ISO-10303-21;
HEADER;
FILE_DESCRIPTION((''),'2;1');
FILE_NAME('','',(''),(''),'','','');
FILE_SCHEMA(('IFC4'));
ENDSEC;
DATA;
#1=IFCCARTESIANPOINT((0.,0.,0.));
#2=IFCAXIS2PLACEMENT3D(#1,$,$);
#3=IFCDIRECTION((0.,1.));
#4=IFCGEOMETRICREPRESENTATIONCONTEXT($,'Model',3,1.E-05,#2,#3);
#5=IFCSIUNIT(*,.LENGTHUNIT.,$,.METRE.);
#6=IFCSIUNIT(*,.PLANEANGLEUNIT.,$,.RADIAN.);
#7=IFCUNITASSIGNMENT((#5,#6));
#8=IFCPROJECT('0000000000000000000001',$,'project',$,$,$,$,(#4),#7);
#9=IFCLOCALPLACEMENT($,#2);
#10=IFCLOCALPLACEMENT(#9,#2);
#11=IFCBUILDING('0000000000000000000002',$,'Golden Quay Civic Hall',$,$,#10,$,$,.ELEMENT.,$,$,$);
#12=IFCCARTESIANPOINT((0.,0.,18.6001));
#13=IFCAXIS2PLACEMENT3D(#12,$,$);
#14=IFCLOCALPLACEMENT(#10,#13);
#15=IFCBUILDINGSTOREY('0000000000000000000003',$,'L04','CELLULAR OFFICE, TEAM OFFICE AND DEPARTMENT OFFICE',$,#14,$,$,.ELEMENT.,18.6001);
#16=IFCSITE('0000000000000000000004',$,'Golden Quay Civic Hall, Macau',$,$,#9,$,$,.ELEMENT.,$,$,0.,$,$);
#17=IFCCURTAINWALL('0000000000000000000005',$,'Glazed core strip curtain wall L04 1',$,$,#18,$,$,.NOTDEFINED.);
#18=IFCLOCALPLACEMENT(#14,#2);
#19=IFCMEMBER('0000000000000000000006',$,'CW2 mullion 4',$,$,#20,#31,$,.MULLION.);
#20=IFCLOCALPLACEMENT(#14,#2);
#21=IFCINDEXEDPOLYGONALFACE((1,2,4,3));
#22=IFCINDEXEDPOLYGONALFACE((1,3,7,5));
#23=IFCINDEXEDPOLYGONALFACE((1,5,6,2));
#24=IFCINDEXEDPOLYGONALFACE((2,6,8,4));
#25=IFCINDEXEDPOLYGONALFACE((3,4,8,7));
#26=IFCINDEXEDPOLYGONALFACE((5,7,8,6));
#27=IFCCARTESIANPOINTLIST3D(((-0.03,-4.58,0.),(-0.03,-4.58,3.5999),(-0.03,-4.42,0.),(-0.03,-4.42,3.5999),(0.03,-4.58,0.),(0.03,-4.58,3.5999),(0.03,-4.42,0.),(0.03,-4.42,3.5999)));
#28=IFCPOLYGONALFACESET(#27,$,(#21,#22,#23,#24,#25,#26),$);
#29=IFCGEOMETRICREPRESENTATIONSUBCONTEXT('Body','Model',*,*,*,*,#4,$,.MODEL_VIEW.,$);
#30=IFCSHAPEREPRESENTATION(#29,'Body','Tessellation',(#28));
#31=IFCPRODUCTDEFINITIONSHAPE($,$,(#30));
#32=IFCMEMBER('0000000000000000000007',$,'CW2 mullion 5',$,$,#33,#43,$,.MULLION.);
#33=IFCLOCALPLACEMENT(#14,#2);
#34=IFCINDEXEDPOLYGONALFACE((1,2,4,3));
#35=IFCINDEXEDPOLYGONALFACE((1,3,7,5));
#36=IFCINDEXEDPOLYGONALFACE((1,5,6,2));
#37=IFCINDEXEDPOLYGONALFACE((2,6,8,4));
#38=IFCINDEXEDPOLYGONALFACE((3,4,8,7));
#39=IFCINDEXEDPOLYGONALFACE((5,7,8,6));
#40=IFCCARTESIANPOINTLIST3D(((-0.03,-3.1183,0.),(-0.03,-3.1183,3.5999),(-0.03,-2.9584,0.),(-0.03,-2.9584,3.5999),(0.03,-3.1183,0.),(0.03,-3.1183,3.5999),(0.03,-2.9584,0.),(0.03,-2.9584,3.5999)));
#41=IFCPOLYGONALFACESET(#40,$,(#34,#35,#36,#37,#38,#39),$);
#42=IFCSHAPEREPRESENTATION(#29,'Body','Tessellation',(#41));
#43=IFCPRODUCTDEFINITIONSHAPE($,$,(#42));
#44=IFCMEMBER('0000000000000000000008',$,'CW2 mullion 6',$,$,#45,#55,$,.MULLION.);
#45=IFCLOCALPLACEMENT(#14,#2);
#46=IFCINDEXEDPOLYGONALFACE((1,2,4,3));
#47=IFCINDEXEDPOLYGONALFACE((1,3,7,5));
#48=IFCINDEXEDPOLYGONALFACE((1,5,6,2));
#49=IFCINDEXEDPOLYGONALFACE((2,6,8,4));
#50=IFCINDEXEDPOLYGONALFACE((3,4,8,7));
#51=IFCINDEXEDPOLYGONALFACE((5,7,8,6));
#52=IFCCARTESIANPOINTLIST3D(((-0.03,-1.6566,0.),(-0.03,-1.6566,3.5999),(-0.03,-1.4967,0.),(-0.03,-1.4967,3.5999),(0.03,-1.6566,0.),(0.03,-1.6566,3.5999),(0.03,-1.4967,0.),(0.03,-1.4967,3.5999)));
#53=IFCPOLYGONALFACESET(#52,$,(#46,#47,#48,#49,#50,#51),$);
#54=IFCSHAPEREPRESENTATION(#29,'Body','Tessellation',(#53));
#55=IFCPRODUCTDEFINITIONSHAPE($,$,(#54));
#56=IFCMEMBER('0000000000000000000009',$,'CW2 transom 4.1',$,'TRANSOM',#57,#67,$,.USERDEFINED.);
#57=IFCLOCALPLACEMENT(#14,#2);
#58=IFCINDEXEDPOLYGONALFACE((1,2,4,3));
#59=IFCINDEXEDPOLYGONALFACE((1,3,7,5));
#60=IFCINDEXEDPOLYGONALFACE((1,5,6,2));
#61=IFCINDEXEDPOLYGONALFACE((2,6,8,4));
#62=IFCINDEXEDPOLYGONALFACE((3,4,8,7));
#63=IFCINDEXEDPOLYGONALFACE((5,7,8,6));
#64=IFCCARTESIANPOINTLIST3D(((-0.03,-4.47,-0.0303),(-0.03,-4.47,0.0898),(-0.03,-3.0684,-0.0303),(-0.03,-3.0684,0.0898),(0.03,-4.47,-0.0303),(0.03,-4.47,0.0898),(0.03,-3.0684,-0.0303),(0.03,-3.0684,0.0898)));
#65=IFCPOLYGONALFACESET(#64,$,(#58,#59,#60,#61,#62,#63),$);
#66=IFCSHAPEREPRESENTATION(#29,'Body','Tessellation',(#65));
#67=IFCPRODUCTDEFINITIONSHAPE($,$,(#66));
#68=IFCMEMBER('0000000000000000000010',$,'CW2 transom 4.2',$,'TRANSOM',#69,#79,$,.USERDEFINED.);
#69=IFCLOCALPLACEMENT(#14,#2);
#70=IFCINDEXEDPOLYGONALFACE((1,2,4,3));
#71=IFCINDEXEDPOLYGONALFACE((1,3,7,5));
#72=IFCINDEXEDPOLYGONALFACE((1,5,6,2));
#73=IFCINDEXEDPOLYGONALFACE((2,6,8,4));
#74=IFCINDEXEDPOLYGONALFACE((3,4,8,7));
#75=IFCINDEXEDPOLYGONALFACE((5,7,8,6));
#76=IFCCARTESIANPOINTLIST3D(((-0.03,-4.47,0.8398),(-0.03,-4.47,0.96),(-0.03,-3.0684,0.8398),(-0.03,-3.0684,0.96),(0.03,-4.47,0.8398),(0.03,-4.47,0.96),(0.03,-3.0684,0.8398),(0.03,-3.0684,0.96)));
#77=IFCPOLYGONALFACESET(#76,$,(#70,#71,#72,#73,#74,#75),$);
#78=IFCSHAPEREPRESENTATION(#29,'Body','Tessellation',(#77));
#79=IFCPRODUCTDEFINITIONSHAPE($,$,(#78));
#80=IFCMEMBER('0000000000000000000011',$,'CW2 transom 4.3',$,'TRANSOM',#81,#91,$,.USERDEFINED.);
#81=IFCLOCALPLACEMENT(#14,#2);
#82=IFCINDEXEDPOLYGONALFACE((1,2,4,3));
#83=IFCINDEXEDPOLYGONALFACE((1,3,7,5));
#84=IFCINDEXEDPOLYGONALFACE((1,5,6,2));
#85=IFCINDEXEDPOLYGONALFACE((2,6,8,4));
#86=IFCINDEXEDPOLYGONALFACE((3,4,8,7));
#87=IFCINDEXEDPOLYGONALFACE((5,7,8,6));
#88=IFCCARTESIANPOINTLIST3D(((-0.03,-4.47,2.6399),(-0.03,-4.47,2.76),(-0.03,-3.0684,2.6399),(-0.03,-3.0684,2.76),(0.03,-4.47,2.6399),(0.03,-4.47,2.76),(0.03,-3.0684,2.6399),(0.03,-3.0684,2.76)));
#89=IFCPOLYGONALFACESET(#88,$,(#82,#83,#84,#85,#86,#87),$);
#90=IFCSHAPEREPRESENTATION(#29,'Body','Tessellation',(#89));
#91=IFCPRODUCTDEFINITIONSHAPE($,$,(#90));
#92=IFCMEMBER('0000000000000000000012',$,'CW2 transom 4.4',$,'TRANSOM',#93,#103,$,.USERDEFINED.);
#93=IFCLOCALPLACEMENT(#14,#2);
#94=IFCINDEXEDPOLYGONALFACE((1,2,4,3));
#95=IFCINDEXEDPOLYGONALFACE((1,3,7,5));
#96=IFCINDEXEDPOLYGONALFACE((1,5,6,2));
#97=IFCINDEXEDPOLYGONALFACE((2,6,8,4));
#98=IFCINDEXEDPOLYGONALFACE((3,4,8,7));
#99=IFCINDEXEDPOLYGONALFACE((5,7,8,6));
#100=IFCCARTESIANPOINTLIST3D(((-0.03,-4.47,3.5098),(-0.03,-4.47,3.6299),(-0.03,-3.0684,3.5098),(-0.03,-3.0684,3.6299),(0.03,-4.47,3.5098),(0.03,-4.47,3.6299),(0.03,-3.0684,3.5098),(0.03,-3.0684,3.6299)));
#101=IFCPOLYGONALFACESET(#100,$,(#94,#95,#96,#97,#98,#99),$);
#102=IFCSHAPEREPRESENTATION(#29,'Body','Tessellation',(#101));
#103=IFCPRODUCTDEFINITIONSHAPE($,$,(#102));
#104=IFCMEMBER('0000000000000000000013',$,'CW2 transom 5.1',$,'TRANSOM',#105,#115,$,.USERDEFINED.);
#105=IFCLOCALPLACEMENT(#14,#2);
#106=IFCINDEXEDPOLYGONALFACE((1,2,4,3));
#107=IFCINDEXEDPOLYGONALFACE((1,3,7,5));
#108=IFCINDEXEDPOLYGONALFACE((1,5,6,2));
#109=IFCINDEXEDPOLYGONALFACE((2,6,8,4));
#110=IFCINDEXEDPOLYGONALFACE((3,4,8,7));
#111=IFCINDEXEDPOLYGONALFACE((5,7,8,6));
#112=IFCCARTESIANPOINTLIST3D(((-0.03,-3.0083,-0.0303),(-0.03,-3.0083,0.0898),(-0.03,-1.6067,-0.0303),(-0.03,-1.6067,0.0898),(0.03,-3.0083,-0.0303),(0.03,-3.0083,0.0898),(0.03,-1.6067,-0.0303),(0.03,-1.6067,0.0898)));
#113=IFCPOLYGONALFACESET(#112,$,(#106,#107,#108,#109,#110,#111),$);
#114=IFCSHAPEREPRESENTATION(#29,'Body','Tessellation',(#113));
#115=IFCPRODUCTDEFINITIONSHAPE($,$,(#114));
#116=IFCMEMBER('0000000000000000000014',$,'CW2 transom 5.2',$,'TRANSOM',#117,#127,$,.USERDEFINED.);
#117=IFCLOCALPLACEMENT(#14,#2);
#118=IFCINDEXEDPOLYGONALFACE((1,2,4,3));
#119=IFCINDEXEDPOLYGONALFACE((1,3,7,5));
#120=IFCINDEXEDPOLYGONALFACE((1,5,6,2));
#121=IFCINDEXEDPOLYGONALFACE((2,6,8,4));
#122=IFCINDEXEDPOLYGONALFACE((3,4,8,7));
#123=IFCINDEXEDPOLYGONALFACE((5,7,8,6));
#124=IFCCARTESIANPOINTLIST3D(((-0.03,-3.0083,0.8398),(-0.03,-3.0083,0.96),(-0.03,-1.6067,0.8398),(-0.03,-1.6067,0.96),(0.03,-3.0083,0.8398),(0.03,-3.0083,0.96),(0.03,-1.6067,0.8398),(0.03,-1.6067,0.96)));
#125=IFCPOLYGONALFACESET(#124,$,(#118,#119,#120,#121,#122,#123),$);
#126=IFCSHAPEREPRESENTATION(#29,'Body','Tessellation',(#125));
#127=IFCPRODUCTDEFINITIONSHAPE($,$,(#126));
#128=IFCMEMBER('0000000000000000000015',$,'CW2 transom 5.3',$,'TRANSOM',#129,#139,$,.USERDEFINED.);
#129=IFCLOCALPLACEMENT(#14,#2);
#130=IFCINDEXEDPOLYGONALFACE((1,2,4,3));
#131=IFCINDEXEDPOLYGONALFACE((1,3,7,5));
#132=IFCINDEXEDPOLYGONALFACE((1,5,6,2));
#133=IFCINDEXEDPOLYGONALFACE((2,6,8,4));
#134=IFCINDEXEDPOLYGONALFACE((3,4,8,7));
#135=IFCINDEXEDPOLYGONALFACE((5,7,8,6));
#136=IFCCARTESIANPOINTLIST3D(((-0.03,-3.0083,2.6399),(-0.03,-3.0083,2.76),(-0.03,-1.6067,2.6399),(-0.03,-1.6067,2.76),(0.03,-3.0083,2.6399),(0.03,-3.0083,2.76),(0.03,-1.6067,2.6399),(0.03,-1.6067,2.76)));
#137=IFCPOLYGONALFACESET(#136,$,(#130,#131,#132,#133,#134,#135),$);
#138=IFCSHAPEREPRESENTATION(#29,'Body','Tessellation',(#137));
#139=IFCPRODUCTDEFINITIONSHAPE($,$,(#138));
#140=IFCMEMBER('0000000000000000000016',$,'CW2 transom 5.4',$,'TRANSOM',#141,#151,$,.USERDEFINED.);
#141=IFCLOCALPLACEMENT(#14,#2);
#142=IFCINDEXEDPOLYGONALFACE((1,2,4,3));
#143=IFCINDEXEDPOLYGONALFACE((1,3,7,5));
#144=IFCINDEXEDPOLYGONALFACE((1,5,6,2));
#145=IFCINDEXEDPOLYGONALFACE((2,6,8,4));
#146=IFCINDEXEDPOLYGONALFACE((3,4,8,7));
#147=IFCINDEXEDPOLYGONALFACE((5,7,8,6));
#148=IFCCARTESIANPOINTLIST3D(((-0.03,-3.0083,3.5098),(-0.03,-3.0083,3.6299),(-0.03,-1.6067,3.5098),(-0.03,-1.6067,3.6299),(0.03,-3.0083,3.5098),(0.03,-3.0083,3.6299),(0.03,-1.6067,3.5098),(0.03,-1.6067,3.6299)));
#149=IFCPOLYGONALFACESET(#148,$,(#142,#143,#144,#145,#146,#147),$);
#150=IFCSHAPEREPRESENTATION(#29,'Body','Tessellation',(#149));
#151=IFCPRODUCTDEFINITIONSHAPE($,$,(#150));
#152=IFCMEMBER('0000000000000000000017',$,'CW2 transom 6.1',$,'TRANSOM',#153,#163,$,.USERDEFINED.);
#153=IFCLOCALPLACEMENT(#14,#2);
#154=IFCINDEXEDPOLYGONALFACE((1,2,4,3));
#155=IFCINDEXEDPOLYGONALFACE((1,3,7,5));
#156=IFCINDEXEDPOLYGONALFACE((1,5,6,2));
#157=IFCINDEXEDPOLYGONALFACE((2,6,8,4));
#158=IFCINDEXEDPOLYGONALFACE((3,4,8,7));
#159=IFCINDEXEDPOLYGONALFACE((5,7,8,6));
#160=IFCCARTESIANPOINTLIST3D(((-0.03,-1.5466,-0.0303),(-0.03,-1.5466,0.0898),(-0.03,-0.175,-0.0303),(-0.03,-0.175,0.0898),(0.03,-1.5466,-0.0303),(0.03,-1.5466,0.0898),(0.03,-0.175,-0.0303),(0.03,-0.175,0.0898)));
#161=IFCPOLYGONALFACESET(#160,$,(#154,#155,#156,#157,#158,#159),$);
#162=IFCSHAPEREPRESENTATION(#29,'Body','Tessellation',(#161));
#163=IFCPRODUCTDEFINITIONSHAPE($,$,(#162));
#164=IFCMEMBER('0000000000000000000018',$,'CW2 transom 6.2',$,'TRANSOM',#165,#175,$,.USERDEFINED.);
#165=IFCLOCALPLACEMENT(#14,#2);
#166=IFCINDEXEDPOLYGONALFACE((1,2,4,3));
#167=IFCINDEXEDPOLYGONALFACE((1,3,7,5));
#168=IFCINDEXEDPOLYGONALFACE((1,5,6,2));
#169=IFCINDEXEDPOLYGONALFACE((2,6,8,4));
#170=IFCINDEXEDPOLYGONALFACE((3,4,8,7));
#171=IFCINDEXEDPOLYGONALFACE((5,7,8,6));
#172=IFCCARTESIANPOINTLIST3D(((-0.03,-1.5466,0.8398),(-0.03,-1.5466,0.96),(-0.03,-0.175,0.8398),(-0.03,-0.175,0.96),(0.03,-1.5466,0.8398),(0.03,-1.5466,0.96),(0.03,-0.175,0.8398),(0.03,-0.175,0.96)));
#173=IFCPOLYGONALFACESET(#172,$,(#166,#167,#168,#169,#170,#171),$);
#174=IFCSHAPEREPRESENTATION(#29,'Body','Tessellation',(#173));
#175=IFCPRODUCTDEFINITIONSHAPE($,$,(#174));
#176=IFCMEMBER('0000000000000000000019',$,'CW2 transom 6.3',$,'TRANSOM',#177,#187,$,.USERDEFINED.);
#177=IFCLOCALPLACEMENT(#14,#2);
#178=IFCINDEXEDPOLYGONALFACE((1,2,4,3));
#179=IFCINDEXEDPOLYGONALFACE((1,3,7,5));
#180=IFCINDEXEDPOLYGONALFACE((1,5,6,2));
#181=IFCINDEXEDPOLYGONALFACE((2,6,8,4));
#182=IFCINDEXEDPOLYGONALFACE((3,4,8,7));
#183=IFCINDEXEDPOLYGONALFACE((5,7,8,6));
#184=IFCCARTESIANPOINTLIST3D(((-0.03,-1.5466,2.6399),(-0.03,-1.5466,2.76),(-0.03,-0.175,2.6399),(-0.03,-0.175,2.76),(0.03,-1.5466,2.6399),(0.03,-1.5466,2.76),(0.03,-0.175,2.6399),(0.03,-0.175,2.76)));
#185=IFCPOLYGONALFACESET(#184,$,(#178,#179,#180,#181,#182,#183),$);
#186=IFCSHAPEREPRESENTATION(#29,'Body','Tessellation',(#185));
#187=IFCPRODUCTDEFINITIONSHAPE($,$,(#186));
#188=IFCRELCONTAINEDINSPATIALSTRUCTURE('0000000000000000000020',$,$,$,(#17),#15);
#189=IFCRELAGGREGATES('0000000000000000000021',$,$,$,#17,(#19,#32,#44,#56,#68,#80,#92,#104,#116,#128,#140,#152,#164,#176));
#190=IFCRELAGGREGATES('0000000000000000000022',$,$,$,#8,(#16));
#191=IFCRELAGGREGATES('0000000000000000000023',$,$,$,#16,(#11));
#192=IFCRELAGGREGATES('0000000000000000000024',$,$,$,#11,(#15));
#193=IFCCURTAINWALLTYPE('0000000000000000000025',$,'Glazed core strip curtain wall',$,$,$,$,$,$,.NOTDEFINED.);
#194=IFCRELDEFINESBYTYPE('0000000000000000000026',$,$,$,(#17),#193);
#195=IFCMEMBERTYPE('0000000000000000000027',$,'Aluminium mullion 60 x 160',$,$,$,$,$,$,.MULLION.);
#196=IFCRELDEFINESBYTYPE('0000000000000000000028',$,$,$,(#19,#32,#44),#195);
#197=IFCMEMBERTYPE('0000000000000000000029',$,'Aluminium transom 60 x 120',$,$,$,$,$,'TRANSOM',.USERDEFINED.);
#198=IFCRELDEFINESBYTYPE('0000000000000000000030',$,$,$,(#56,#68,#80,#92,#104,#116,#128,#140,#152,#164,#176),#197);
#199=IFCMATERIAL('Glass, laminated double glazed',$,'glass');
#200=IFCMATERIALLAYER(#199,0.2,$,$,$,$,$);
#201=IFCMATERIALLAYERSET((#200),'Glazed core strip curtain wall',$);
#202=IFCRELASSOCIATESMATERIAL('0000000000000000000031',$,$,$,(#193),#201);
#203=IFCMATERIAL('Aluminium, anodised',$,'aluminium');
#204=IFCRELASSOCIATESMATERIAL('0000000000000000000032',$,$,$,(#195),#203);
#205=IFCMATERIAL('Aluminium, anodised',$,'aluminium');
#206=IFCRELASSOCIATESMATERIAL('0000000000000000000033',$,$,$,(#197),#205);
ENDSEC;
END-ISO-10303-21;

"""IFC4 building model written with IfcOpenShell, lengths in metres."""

from ifc_helpers import new_model, si_unit, direction, frame, origin, origin_2d, place, context, subcontext, project, spatial, rectangle, extrude, material, layer, layer_set, material_profile, profile_set, type_object, element, aggregate, save


model = new_model("IFC4")

# Units and contexts
model_context = context("Model", 3, precision=1e-05, world=origin(), true_north=direction((0.0, 1.0)))
body_context = subcontext(model_context, "Body", "Model", "MODEL_VIEW")
ifc_project = project(units=[si_unit("LENGTHUNIT", "METRE"), si_unit("PLANEANGLEUNIT", "RADIAN")], contexts=[model_context])

# Site, building, storey
site_placement = place(None, origin())
site = spatial("IfcSite", under=ifc_project, at=site_placement, Name="Golden Quay Civic Hall, Macau", CompositionType="ELEMENT", RefElevation=0.0)
building_placement = place(site_placement, origin())
building = spatial("IfcBuilding", under=site, at=building_placement, Name="Golden Quay Civic Hall", CompositionType="ELEMENT")
storey_placement = place(building_placement, frame((0.0, 0.0, 18.6001)))
storey = spatial("IfcBuildingStorey", under=building, at=storey_placement, Name="L04", Description="CELLULAR OFFICE, TEAM OFFICE AND DEPARTMENT OFFICE", CompositionType="ELEMENT", Elevation=18.6001)

# Curtain wall, members
ifc_material_1 = material(Name="Glass, laminated double glazed", Category="glass")
ifc_layer_1 = layer(ifc_material_1, 0.2)
ifc_layer_set_1 = layer_set([ifc_layer_1], Name="Glazed core strip curtain wall")
curtain_wall_type = type_object("IfcCurtainWallType", Name="Glazed core strip curtain wall", PredefinedType="NOTDEFINED", material=ifc_layer_set_1)
curtain_wall_placement = place(storey_placement, origin())
curtain_wall = element("IfcCurtainWall", 1, at=curtain_wall_placement, inside=storey, type_object=curtain_wall_type, Name="Glazed core strip curtain wall L04 1", PredefinedType="NOTDEFINED")
ifc_material_2 = material(Name="Aluminium, anodised", Category="aluminium")
ifc_material_profile_1 = material_profile(ifc_material_2, rectangle(XDim=0.0601, YDim=0.1599, at=origin_2d()), Name="Aluminium 60 x 160")
ifc_profile_set_1 = profile_set([ifc_material_profile_1], Name="Aluminium, anodised")
member_type_1 = type_object("IfcMemberType", Name="Aluminium mullion 60 x 160", PredefinedType="MULLION", material=ifc_profile_set_1)
member_1_placement = place(storey_placement, frame((0.0, -4.5, 0.0), z_axis=(0.0, 0.0, 1.0), x_axis=(-1.0, 0.0, 0.0)))
member_1 = element("IfcMember", 2, at=member_1_placement, type_object=member_type_1, Name="CW2 mullion 4", PredefinedType="MULLION", context=body_context, shape_type="SweptSolid", body=[
    extrude(rectangle(XDim=0.0601, YDim=0.1599, at=origin_2d()), origin(), (0.0, 0.0, 1.0), 3.5999),
])
member_2_placement = place(storey_placement, frame((0.0, -3.0383, 0.0), z_axis=(0.0, 0.0, 1.0), x_axis=(-1.0, 0.0, 0.0)))
member_2 = element("IfcMember", 3, at=member_2_placement, type_object=member_type_1, Name="CW2 mullion 5", PredefinedType="MULLION", context=body_context, shape_type="SweptSolid", body=[
    extrude(rectangle(XDim=0.0601, YDim=0.1599, at=origin_2d()), origin(), (0.0, 0.0, 1.0), 3.5999),
])
member_3_placement = place(storey_placement, frame((0.0, -1.5767, 0.0), z_axis=(0.0, 0.0, 1.0), x_axis=(-1.0, 0.0, 0.0)))
member_3 = element("IfcMember", 4, at=member_3_placement, type_object=member_type_1, Name="CW2 mullion 6", PredefinedType="MULLION", context=body_context, shape_type="SweptSolid", body=[
    extrude(rectangle(XDim=0.0601, YDim=0.1599, at=origin_2d()), origin(), (0.0, 0.0, 1.0), 3.5999),
])
ifc_material_3 = material(Name="Aluminium, anodised", Category="aluminium")
ifc_material_profile_2 = material_profile(ifc_material_3, rectangle(XDim=0.0601, YDim=0.1201, at=origin_2d()), Name="Aluminium 60 x 120")
ifc_profile_set_2 = profile_set([ifc_material_profile_2], Name="Aluminium, anodised")
member_type_2 = type_object("IfcMemberType", Name="Aluminium transom 60 x 120", ElementType="TRANSOM", PredefinedType="USERDEFINED", material=ifc_profile_set_2)
member_4_placement = place(storey_placement, frame((0.0, -4.47, 0.0298), z_axis=(0.0, 1.0, 0.0), x_axis=(-1.0, 0.0, 0.0)))
member_4 = element("IfcMember", 5, at=member_4_placement, type_object=member_type_2, Name="CW2 transom 4.1", ObjectType="TRANSOM", PredefinedType="USERDEFINED", context=body_context, shape_type="SweptSolid", body=[
    extrude(rectangle(XDim=0.0601, YDim=0.1201, at=origin_2d()), origin(), (0.0, 0.0, 1.0), 1.4016),
])
member_5_placement = place(storey_placement, frame((0.0, -4.47, 0.8999), z_axis=(0.0, 1.0, 0.0), x_axis=(-1.0, 0.0, 0.0)))
member_5 = element("IfcMember", 6, at=member_5_placement, type_object=member_type_2, Name="CW2 transom 4.2", ObjectType="TRANSOM", PredefinedType="USERDEFINED", context=body_context, shape_type="SweptSolid", body=[
    extrude(rectangle(XDim=0.0601, YDim=0.1201, at=origin_2d()), origin(), (0.0, 0.0, 1.0), 1.4016),
])
member_6_placement = place(storey_placement, frame((0.0, -4.47, 2.7), z_axis=(0.0, 1.0, 0.0), x_axis=(-1.0, 0.0, 0.0)))
member_6 = element("IfcMember", 7, at=member_6_placement, type_object=member_type_2, Name="CW2 transom 4.3", ObjectType="TRANSOM", PredefinedType="USERDEFINED", context=body_context, shape_type="SweptSolid", body=[
    extrude(rectangle(XDim=0.0601, YDim=0.1201, at=origin_2d()), origin(), (0.0, 0.0, 1.0), 1.4016),
])
member_7_placement = place(storey_placement, frame((0.0, -4.47, 3.5698), z_axis=(0.0, 1.0, 0.0), x_axis=(-1.0, 0.0, 0.0)))
member_7 = element("IfcMember", 8, at=member_7_placement, type_object=member_type_2, Name="CW2 transom 4.4", ObjectType="TRANSOM", PredefinedType="USERDEFINED", context=body_context, shape_type="SweptSolid", body=[
    extrude(rectangle(XDim=0.0601, YDim=0.1201, at=origin_2d()), origin(), (0.0, 0.0, 1.0), 1.4016),
])
member_8_placement = place(storey_placement, frame((0.0, -3.0083, 0.0298), z_axis=(0.0, 1.0, 0.0), x_axis=(-1.0, 0.0, 0.0)))
member_8 = element("IfcMember", 9, at=member_8_placement, type_object=member_type_2, Name="CW2 transom 5.1", ObjectType="TRANSOM", PredefinedType="USERDEFINED", context=body_context, shape_type="SweptSolid", body=[
    extrude(rectangle(XDim=0.0601, YDim=0.1201, at=origin_2d()), origin(), (0.0, 0.0, 1.0), 1.4016),
])
member_9_placement = place(storey_placement, frame((0.0, -3.0083, 0.8999), z_axis=(0.0, 1.0, 0.0), x_axis=(-1.0, 0.0, 0.0)))
member_9 = element("IfcMember", 10, at=member_9_placement, type_object=member_type_2, Name="CW2 transom 5.2", ObjectType="TRANSOM", PredefinedType="USERDEFINED", context=body_context, shape_type="SweptSolid", body=[
    extrude(rectangle(XDim=0.0601, YDim=0.1201, at=origin_2d()), origin(), (0.0, 0.0, 1.0), 1.4016),
])
member_10_placement = place(storey_placement, frame((0.0, -3.0083, 2.7), z_axis=(0.0, 1.0, 0.0), x_axis=(-1.0, 0.0, 0.0)))
member_10 = element("IfcMember", 11, at=member_10_placement, type_object=member_type_2, Name="CW2 transom 5.3", ObjectType="TRANSOM", PredefinedType="USERDEFINED", context=body_context, shape_type="SweptSolid", body=[
    extrude(rectangle(XDim=0.0601, YDim=0.1201, at=origin_2d()), origin(), (0.0, 0.0, 1.0), 1.4016),
])
member_11_placement = place(storey_placement, frame((0.0, -3.0083, 3.5698), z_axis=(0.0, 1.0, 0.0), x_axis=(-1.0, 0.0, 0.0)))
member_11 = element("IfcMember", 12, at=member_11_placement, type_object=member_type_2, Name="CW2 transom 5.4", ObjectType="TRANSOM", PredefinedType="USERDEFINED", context=body_context, shape_type="SweptSolid", body=[
    extrude(rectangle(XDim=0.0601, YDim=0.1201, at=origin_2d()), origin(), (0.0, 0.0, 1.0), 1.4016),
])
member_12_placement = place(storey_placement, frame((0.0, -1.5466, 0.0298), z_axis=(0.0, 1.0, 0.0), x_axis=(-1.0, 0.0, 0.0)))
member_12 = element("IfcMember", 13, at=member_12_placement, type_object=member_type_2, Name="CW2 transom 6.1", ObjectType="TRANSOM", PredefinedType="USERDEFINED", context=body_context, shape_type="SweptSolid", body=[
    extrude(rectangle(XDim=0.0601, YDim=0.1201, at=origin_2d()), origin(), (0.0, 0.0, 1.0), 1.3716),
])
member_13_placement = place(storey_placement, frame((0.0, -1.5466, 0.8999), z_axis=(0.0, 1.0, 0.0), x_axis=(-1.0, 0.0, 0.0)))
member_13 = element("IfcMember", 14, at=member_13_placement, type_object=member_type_2, Name="CW2 transom 6.2", ObjectType="TRANSOM", PredefinedType="USERDEFINED", context=body_context, shape_type="SweptSolid", body=[
    extrude(rectangle(XDim=0.0601, YDim=0.1201, at=origin_2d()), origin(), (0.0, 0.0, 1.0), 1.3716),
])
member_14_placement = place(storey_placement, frame((0.0, -1.5466, 2.7), z_axis=(0.0, 1.0, 0.0), x_axis=(-1.0, 0.0, 0.0)))
member_14 = element("IfcMember", 15, at=member_14_placement, type_object=member_type_2, Name="CW2 transom 6.3", ObjectType="TRANSOM", PredefinedType="USERDEFINED", context=body_context, shape_type="SweptSolid", body=[
    extrude(rectangle(XDim=0.0601, YDim=0.1201, at=origin_2d()), origin(), (0.0, 0.0, 1.0), 1.3716),
])
aggregate(curtain_wall, [member_1, member_2, member_3, member_4, member_5, member_6, member_7, member_8, member_9, member_10, member_11, member_12, member_13, member_14])

save(model, "model.ifc")
